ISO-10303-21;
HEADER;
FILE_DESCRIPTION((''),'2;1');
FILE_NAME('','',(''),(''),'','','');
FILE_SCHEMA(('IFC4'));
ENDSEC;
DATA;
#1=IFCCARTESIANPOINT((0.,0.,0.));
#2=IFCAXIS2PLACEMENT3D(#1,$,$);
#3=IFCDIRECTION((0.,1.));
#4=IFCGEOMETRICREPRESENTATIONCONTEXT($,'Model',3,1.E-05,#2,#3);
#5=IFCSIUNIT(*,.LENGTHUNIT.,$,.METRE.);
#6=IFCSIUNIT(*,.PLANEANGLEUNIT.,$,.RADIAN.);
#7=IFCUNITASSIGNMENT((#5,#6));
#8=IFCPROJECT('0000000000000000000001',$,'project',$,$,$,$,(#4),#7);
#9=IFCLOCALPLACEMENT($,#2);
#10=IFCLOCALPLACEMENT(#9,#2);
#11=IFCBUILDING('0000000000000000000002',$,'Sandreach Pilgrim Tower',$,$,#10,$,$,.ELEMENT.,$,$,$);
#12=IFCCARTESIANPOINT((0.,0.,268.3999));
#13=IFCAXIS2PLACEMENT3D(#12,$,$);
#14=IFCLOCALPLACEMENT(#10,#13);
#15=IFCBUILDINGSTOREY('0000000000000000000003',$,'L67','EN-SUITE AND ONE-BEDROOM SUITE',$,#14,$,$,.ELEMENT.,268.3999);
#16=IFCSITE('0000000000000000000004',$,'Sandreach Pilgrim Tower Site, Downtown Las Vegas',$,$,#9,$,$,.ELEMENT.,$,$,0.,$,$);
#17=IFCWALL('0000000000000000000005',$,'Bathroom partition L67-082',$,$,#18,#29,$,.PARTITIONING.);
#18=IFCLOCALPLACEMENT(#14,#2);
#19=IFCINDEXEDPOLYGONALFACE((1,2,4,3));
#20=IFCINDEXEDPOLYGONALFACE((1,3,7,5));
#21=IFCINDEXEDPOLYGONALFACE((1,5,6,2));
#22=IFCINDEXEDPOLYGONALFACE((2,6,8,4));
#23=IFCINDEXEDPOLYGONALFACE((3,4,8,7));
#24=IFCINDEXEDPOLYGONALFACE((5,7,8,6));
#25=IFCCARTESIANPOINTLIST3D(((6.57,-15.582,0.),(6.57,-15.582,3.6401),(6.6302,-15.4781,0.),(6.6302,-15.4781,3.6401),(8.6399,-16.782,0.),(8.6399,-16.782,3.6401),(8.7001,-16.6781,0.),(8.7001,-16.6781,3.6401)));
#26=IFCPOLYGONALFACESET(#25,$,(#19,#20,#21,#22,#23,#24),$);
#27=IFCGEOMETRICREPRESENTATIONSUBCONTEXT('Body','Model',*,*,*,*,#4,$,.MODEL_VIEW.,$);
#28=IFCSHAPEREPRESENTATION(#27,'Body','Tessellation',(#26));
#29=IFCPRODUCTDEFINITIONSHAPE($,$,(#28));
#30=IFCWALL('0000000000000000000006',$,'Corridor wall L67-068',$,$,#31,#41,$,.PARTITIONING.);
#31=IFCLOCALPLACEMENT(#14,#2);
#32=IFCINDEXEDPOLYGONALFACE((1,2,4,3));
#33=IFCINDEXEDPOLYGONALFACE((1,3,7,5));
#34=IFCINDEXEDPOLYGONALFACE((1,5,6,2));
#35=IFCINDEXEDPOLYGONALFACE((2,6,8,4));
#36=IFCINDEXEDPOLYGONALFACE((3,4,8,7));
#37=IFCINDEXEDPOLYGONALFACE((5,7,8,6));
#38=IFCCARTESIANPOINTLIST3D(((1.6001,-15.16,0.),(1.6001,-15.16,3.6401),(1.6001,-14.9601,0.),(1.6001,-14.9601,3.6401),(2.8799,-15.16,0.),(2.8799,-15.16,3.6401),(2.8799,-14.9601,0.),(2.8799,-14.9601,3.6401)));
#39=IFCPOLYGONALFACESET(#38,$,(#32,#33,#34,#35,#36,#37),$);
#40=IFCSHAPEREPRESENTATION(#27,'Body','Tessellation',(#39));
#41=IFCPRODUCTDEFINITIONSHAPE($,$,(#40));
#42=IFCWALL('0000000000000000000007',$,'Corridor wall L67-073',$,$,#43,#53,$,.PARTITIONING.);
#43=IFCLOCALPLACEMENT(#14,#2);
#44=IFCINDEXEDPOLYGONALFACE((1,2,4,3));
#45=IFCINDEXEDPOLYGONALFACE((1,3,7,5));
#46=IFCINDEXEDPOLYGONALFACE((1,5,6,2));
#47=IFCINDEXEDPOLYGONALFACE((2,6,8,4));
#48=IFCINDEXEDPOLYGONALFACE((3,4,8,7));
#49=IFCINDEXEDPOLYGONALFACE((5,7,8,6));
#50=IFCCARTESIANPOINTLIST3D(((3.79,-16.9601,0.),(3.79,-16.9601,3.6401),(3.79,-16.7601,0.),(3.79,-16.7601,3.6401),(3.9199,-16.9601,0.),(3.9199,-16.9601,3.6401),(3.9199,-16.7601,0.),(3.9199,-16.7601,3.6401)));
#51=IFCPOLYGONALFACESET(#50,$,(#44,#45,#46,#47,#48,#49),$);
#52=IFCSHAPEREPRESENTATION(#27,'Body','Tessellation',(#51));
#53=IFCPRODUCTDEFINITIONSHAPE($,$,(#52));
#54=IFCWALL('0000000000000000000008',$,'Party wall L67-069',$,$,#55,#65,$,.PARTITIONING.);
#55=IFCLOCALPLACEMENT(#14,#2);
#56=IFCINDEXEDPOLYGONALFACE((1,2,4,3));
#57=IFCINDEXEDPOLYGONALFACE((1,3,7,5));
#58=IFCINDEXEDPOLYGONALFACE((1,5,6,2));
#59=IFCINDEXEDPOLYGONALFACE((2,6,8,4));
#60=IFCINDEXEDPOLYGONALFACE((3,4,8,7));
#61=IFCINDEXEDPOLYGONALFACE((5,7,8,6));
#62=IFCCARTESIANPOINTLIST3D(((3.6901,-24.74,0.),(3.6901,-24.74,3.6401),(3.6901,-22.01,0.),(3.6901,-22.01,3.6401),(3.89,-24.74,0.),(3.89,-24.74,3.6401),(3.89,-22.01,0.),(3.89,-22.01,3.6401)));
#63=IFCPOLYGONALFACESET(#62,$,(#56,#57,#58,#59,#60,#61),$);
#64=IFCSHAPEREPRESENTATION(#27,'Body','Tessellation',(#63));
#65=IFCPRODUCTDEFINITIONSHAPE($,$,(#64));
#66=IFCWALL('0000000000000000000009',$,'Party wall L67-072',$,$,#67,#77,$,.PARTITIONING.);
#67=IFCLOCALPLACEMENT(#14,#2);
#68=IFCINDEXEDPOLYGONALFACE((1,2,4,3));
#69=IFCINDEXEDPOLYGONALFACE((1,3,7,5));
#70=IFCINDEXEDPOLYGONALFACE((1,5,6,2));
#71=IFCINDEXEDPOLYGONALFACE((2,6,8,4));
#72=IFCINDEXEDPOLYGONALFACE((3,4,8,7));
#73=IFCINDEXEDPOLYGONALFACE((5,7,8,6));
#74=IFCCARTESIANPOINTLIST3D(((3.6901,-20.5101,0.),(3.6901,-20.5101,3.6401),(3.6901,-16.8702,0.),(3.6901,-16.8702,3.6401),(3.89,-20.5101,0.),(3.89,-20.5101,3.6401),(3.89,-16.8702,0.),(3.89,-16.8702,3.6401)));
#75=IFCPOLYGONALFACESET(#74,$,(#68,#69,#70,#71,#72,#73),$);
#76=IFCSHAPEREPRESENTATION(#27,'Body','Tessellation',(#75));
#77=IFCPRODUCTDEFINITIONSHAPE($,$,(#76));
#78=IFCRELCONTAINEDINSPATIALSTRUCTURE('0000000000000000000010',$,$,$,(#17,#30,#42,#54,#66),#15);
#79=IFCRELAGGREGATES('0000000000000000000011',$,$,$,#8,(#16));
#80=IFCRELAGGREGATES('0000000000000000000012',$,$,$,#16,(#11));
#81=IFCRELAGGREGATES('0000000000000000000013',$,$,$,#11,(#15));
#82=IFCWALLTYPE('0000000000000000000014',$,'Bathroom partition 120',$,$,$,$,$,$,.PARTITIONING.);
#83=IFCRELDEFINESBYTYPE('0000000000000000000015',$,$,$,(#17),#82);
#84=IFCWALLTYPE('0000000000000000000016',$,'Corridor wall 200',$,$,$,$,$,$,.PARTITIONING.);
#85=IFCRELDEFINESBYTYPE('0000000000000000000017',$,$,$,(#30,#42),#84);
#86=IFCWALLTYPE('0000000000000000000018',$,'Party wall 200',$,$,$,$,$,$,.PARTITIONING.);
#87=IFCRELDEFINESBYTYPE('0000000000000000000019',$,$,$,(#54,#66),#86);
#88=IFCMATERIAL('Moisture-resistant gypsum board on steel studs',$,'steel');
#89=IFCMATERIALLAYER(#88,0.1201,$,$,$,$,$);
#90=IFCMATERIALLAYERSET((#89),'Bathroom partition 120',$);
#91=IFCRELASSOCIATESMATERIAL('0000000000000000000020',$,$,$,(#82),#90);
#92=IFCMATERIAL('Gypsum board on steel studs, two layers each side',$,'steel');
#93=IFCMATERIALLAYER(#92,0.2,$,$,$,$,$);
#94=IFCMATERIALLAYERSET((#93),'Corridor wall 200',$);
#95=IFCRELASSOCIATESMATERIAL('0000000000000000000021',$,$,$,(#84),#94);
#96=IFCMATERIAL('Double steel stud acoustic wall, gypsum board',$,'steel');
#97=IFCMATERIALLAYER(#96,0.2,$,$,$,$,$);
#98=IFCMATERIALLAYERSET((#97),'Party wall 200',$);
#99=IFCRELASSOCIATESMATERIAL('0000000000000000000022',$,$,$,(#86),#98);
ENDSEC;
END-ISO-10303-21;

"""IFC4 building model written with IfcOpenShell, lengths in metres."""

from ifc_helpers import new_model, si_unit, direction, frame, frame_2d, origin, place, context, subcontext, project, spatial, rectangle, extrude, material, layer, layer_set, type_object, element, save


model = new_model("IFC4")

# Units and contexts
model_context = context("Model", 3, precision=1e-05, world=origin(), true_north=direction((0.0, 1.0)))
body_context = subcontext(model_context, "Body", "Model", "MODEL_VIEW")
ifc_project = project(units=[si_unit("LENGTHUNIT", "METRE"), si_unit("PLANEANGLEUNIT", "RADIAN")], contexts=[model_context])

# Site, building, storey
site_placement = place(None, origin())
site = spatial("IfcSite", under=ifc_project, at=site_placement, Name="Sandreach Pilgrim Tower Site, Downtown Las Vegas", CompositionType="ELEMENT", RefElevation=0.0)
building_placement = place(site_placement, origin())
building = spatial("IfcBuilding", under=site, at=building_placement, Name="Sandreach Pilgrim Tower", CompositionType="ELEMENT")
storey_placement = place(building_placement, frame((0.0, 0.0, 268.3999)))
storey = spatial("IfcBuildingStorey", under=building, at=storey_placement, Name="L67", Description="EN-SUITE AND ONE-BEDROOM SUITE", CompositionType="ELEMENT", Elevation=268.3999)

# Shared definitions
ifc_material_1 = material(Name="Moisture-resistant gypsum board on steel studs", Category="steel")
ifc_layer_1 = layer(ifc_material_1, 0.1201)
ifc_layer_set_1 = layer_set([ifc_layer_1], Name="Bathroom partition 120")
wall_type_1 = type_object("IfcWallType", Name="Bathroom partition 120", PredefinedType="PARTITIONING", material=ifc_layer_set_1)

# Wall
wall_1_placement = place(storey_placement, frame((6.6001, -15.53, 0.0), z_axis=(0.0, 0.0, 1.0), x_axis=(0.86513, -0.501547, 0.0)))
element("IfcWall", 1, at=wall_1_placement, inside=storey, type_object=wall_type_1, Name="Bathroom partition L67-082", PredefinedType="PARTITIONING", context=body_context, shape_type="SweptSolid", body=[
    extrude(rectangle(XDim=2.3926, YDim=0.1201, at=frame_2d((1.1963, 0.0))), origin(), (0.0, 0.0, 1.0), 3.6401),
])

# Shared definitions
ifc_material_2 = material(Name="Gypsum board on steel studs, two layers each side", Category="steel")
ifc_layer_2 = layer(ifc_material_2, 0.2)
ifc_layer_set_2 = layer_set([ifc_layer_2], Name="Corridor wall 200")
wall_type_2 = type_object("IfcWallType", Name="Corridor wall 200", PredefinedType="PARTITIONING", material=ifc_layer_set_2)

# Walls
wall_2_placement = place(storey_placement, frame((2.8799, -15.0601, 0.0), z_axis=(0.0, 0.0, 1.0), x_axis=(-1.0, 0.0, 0.0)))
element("IfcWall", 2, at=wall_2_placement, inside=storey, type_object=wall_type_2, Name="Corridor wall L67-068", PredefinedType="PARTITIONING", context=body_context, shape_type="SweptSolid", body=[
    extrude(rectangle(XDim=1.2798, YDim=0.2, at=frame_2d((0.6399, 0.0))), origin(), (0.0, 0.0, 1.0), 3.6401),
])
wall_3_placement = place(storey_placement, frame((3.79, -16.8601, 0.0), z_axis=(0.0, 0.0, 1.0), x_axis=(1.0, 0.0, 0.0)))
element("IfcWall", 3, at=wall_3_placement, inside=storey, type_object=wall_type_2, Name="Corridor wall L67-073", PredefinedType="PARTITIONING", context=body_context, shape_type="SweptSolid", body=[
    extrude(rectangle(XDim=0.1299, YDim=0.2, at=frame_2d((0.0649, 0.0))), origin(), (0.0, 0.0, 1.0), 3.6401),
])

# Walls
ifc_material_3 = material(Name="Double steel stud acoustic wall, gypsum board", Category="steel")
ifc_layer_3 = layer(ifc_material_3, 0.2)
ifc_layer_set_3 = layer_set([ifc_layer_3], Name="Party wall 200")
wall_type_3 = type_object("IfcWallType", Name="Party wall 200", PredefinedType="PARTITIONING", material=ifc_layer_set_3)
wall_4_placement = place(storey_placement, frame((3.79, -24.74, 0.0), z_axis=(0.0, 0.0, 1.0), x_axis=(0.0, 1.0, 0.0)))
element("IfcWall", 4, at=wall_4_placement, inside=storey, type_object=wall_type_3, Name="Party wall L67-069", PredefinedType="PARTITIONING", context=body_context, shape_type="SweptSolid", body=[
    extrude(rectangle(XDim=2.73, YDim=0.2, at=frame_2d((1.365, 0.0))), origin(), (0.0, 0.0, 1.0), 3.6401),
])
wall_5_placement = place(storey_placement, frame((3.79, -20.51, 0.0), z_axis=(0.0, 0.0, 1.0), x_axis=(0.0, 1.0, 0.0)))
element("IfcWall", 5, at=wall_5_placement, inside=storey, type_object=wall_type_3, Name="Party wall L67-072", PredefinedType="PARTITIONING", context=body_context, shape_type="SweptSolid", body=[
    extrude(rectangle(XDim=3.6399, YDim=0.2, at=frame_2d((1.8198, 0.0))), origin(), (0.0, 0.0, 1.0), 3.6401),
])

save(model, "model.ifc")
